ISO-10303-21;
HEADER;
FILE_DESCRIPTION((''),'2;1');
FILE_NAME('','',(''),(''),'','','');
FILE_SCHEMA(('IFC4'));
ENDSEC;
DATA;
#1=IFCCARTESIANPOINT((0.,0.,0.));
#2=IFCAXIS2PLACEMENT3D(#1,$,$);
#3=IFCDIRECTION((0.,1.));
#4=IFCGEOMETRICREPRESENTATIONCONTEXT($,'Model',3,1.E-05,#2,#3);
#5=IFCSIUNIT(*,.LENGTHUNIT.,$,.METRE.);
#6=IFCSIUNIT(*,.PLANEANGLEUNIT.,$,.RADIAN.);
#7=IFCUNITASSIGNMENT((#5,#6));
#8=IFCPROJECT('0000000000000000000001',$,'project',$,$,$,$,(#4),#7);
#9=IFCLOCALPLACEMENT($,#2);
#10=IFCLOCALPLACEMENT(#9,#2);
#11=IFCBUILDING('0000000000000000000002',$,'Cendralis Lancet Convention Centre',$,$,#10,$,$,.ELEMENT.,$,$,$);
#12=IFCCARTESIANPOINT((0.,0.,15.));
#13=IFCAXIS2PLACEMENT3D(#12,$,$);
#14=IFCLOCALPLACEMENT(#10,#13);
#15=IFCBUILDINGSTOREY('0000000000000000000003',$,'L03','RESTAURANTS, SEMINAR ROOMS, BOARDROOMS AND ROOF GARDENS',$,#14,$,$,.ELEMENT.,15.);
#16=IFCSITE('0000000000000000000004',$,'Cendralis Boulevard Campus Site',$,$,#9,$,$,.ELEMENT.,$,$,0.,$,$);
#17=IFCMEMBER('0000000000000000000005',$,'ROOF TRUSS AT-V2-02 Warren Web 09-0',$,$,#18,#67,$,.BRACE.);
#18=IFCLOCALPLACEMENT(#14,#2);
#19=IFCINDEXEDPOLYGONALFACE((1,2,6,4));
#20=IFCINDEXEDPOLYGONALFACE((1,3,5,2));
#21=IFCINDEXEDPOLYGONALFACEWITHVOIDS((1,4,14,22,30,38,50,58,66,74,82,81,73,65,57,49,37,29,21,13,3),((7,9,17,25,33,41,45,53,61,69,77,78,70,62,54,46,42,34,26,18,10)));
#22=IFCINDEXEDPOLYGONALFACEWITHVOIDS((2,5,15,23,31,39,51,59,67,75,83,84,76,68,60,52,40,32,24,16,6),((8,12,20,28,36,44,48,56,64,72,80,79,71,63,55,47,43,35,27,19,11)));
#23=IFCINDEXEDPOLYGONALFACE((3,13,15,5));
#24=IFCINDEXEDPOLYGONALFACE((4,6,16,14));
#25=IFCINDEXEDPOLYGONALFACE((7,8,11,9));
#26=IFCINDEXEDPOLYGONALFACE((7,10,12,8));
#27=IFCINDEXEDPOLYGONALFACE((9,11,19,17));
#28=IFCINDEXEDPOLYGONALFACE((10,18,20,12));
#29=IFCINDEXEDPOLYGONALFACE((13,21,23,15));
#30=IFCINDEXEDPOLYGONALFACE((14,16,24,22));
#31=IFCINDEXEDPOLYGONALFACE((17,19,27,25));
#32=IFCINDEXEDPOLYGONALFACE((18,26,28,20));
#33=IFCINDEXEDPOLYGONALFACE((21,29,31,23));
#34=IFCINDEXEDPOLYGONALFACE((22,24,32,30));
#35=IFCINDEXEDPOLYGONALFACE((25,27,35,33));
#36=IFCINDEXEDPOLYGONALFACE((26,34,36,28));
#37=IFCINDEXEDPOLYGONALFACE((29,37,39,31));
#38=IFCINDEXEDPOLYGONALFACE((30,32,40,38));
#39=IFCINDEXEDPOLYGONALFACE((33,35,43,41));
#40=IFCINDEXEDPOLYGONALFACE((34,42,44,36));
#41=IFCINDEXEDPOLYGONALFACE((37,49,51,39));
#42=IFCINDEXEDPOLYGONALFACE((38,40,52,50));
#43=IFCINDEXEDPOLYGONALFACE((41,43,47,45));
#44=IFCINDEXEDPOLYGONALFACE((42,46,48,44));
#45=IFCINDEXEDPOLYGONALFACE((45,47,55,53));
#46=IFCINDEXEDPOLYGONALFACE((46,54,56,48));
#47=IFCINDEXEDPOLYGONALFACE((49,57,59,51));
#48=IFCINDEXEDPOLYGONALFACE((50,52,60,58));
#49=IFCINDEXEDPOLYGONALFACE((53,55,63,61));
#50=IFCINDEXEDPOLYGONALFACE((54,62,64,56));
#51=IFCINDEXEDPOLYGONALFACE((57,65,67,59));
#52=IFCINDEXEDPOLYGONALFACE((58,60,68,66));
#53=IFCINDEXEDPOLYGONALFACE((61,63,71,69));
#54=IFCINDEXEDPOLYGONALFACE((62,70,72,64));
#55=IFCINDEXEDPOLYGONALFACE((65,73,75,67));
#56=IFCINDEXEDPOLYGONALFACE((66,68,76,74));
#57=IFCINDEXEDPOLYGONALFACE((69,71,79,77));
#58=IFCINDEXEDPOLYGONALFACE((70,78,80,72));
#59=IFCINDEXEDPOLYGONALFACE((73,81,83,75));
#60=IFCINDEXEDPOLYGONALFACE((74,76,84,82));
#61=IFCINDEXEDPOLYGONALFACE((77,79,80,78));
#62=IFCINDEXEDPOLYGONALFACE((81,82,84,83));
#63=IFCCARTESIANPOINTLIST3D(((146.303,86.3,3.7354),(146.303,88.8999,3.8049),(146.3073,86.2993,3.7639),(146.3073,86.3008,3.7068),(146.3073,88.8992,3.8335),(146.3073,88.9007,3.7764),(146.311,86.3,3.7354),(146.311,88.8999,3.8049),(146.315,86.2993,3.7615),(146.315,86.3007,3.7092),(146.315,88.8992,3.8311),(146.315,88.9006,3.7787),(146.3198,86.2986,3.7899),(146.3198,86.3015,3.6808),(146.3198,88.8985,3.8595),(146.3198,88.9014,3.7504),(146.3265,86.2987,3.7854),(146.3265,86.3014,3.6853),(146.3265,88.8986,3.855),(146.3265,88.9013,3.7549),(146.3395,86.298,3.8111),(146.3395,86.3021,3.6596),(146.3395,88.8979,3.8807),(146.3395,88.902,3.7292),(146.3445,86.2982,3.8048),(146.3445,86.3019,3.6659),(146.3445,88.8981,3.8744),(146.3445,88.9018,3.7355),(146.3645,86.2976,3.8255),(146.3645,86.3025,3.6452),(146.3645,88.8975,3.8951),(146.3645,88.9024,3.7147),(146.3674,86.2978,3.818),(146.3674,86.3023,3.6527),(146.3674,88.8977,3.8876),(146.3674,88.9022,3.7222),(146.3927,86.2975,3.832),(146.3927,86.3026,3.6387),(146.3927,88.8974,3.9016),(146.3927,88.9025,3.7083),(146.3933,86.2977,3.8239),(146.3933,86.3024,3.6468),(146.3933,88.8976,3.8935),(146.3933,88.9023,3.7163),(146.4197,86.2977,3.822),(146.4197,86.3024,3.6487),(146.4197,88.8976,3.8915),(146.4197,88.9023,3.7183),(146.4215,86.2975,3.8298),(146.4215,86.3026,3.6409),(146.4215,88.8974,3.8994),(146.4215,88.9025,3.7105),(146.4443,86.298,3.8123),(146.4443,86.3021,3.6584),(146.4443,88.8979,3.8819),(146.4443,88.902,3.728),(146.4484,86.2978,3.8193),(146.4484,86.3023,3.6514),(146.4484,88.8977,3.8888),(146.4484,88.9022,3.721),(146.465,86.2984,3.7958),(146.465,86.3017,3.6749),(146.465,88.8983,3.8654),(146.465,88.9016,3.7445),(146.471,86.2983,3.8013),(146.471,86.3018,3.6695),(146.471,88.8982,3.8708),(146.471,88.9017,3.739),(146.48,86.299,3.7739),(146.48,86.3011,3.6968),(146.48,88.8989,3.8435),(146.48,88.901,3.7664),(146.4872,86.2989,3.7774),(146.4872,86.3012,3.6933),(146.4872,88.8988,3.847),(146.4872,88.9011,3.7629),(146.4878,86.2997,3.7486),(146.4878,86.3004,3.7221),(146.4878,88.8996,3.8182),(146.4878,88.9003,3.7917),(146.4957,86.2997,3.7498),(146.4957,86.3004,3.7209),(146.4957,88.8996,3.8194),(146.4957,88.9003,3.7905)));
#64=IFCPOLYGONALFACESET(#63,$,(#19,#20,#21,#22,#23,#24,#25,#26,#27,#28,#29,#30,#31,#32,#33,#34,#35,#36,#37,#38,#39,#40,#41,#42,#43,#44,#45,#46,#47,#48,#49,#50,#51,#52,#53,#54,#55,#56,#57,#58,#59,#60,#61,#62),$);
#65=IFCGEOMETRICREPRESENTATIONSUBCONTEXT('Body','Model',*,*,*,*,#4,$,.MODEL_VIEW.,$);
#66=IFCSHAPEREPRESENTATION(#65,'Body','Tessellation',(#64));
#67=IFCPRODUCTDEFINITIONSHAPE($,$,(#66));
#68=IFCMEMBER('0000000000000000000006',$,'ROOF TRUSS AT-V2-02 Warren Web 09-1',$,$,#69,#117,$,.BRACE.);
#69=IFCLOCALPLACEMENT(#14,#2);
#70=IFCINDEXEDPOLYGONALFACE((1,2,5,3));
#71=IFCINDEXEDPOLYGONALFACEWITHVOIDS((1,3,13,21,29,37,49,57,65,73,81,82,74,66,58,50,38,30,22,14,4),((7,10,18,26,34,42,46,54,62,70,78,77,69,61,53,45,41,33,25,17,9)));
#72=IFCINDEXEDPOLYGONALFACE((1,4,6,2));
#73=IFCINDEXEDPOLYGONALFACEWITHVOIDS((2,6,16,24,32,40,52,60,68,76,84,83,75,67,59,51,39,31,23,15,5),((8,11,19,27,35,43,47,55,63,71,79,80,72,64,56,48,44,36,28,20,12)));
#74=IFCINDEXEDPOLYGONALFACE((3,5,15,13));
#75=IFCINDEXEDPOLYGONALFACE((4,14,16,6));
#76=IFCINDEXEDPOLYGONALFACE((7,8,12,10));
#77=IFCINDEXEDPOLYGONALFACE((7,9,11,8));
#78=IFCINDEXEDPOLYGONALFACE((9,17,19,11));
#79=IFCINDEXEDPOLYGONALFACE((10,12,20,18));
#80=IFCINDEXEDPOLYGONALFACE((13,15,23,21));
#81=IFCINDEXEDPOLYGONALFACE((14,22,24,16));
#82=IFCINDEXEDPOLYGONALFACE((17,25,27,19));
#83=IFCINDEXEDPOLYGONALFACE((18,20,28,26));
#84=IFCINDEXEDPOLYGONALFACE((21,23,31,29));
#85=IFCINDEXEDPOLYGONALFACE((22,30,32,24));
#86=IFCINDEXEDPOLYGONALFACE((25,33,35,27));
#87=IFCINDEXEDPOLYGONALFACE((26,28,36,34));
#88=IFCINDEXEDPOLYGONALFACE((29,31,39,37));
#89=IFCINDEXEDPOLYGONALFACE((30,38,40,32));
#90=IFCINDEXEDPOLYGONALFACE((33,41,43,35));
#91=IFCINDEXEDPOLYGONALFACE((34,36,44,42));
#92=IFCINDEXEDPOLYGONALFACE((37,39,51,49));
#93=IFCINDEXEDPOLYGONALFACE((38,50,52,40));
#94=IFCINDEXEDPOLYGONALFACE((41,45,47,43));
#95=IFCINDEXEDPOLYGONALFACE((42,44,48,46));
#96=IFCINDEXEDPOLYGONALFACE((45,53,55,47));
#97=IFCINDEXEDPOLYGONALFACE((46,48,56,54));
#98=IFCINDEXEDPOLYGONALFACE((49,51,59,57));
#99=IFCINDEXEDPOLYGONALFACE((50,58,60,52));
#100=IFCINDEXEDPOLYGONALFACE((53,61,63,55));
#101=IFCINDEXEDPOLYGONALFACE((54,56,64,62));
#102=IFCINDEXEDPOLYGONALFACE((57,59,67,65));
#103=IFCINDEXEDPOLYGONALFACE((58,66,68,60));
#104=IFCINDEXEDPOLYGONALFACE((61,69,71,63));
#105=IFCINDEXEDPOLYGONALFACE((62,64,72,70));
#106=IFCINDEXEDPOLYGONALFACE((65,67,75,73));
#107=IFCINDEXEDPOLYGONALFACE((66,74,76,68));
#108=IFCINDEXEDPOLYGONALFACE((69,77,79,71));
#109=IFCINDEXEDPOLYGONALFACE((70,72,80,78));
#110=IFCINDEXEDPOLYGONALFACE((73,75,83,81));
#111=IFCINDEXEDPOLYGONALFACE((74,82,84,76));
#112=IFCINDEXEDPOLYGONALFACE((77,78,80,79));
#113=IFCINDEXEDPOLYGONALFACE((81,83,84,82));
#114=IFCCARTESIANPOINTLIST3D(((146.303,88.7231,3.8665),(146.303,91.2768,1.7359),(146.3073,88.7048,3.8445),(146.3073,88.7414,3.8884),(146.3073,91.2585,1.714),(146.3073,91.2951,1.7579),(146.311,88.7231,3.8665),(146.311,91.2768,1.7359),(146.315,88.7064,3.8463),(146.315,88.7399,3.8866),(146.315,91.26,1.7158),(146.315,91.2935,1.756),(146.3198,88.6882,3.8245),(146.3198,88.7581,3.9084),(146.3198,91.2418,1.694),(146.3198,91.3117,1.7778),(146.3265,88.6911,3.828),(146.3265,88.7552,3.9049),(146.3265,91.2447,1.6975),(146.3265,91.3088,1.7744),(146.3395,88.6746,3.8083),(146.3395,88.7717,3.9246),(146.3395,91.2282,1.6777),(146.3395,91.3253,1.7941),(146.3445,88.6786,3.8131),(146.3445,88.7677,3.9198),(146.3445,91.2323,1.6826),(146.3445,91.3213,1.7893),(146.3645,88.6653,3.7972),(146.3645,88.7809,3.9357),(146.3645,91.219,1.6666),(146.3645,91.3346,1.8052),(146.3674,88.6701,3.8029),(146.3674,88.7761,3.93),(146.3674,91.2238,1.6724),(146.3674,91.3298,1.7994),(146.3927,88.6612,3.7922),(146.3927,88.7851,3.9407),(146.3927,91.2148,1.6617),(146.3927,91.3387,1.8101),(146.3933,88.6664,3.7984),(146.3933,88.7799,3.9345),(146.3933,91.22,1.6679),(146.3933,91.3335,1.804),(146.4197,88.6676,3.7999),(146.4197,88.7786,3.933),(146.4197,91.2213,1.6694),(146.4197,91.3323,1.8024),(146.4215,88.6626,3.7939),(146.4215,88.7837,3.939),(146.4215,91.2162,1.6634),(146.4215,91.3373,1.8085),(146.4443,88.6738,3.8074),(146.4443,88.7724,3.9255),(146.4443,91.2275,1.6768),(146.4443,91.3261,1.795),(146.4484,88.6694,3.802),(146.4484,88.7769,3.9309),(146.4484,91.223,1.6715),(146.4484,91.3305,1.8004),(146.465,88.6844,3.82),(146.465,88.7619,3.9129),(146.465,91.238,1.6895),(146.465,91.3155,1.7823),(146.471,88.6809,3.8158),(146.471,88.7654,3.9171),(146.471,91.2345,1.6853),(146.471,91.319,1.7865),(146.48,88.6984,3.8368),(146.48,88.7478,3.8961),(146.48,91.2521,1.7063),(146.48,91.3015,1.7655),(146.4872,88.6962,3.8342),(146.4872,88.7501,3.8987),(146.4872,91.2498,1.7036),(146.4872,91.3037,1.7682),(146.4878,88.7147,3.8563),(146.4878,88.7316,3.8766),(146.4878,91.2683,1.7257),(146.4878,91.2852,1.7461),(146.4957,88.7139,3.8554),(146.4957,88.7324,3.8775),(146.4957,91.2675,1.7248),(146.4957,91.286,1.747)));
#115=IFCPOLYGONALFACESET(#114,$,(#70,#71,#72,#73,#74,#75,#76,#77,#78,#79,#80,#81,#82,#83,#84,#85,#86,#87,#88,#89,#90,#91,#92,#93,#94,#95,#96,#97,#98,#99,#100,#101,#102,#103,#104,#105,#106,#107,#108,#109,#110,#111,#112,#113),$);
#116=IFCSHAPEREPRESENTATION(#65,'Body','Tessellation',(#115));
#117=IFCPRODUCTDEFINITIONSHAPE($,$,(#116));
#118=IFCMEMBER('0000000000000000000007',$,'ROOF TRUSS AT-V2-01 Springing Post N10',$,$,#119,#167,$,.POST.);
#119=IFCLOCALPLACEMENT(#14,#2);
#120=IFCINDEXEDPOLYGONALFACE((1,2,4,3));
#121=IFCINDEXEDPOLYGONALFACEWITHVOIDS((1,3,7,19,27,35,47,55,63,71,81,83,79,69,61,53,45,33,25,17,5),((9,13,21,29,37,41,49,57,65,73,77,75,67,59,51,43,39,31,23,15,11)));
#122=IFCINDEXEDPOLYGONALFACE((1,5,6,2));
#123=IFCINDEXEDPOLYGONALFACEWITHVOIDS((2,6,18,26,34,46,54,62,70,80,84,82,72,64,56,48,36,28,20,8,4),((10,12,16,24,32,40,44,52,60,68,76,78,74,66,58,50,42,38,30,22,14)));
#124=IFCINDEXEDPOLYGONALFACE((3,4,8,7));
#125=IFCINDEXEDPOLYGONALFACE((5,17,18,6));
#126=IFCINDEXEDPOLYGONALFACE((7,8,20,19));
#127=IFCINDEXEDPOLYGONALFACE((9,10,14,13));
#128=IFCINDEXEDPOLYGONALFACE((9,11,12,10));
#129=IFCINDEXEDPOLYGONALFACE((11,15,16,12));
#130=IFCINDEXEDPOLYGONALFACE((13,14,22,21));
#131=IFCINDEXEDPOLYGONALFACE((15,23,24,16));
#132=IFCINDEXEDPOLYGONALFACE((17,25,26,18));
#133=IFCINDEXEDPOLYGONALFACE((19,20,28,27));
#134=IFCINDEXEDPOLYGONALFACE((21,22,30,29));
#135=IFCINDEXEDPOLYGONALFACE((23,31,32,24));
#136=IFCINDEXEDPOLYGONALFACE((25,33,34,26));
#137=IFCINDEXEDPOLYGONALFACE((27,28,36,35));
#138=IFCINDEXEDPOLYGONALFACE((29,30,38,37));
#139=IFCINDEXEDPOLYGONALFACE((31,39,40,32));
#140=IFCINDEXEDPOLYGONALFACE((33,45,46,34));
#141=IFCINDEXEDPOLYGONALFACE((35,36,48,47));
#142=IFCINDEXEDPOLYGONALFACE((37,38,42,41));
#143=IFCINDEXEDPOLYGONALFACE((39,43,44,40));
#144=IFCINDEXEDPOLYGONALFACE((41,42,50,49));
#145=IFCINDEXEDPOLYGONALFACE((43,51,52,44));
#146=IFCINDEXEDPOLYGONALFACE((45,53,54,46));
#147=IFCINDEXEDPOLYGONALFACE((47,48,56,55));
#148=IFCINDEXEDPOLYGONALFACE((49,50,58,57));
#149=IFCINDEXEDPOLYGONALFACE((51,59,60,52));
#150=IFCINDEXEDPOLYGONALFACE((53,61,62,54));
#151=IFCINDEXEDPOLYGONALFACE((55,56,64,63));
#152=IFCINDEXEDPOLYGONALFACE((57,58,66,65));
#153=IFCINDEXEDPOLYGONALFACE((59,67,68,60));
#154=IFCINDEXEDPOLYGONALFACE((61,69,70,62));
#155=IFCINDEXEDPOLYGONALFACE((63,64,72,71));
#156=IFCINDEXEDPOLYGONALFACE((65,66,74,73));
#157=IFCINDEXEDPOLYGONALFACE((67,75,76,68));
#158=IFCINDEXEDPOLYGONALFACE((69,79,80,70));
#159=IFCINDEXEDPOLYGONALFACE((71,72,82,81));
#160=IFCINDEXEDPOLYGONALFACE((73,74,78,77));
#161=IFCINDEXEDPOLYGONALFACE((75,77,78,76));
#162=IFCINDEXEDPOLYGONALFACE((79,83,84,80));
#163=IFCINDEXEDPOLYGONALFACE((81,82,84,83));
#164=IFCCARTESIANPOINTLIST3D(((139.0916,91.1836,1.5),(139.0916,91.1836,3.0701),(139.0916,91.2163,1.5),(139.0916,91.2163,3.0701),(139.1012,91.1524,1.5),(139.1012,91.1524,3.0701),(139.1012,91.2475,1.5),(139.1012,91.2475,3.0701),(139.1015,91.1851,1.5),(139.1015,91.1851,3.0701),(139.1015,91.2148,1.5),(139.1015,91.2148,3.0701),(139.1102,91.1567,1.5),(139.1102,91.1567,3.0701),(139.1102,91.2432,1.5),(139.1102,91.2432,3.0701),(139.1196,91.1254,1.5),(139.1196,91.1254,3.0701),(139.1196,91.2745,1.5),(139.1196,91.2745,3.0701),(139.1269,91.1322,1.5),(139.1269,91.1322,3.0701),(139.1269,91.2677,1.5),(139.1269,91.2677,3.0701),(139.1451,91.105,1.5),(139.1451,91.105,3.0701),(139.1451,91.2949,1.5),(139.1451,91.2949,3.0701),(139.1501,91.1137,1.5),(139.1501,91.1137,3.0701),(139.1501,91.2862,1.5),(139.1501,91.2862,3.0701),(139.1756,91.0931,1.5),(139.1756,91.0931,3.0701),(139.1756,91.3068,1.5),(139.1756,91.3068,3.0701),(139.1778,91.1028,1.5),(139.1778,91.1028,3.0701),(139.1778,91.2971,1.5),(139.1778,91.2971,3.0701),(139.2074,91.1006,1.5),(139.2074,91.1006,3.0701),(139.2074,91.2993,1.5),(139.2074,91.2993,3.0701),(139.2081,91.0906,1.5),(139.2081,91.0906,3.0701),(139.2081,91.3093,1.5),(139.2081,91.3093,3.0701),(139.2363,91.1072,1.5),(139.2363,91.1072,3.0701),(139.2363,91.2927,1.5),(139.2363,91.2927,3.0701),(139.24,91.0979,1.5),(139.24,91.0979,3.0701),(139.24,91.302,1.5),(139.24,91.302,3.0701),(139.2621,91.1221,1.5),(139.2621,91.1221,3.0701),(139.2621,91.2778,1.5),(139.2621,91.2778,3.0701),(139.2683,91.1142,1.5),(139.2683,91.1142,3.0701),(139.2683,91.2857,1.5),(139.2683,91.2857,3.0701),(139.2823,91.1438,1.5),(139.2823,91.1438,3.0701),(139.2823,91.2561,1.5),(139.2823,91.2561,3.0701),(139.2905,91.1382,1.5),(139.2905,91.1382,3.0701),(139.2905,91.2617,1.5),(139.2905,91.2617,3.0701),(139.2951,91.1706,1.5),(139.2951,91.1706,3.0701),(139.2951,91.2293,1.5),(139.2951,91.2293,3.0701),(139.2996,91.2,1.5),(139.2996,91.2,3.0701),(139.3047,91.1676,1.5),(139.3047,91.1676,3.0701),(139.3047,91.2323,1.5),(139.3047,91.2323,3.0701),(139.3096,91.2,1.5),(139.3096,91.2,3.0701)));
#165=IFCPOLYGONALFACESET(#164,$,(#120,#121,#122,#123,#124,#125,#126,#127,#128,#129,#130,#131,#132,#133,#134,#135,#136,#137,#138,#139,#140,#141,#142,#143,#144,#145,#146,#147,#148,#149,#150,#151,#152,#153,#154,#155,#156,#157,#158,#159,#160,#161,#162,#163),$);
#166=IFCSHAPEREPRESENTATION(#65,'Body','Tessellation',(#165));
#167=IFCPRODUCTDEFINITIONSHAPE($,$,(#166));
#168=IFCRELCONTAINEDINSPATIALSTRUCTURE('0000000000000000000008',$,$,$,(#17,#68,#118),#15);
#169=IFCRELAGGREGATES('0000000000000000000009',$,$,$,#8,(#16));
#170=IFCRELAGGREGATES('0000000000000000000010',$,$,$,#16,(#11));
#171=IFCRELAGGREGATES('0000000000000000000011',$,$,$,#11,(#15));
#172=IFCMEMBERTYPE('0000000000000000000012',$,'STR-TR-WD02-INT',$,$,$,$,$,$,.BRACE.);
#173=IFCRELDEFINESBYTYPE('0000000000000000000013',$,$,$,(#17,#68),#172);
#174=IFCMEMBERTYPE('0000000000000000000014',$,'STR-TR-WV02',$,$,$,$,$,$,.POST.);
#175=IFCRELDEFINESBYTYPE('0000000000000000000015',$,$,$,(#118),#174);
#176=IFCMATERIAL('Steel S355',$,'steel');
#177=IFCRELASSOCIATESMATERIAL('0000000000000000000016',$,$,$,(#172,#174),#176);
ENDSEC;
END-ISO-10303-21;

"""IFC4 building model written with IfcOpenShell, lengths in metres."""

from ifc_helpers import new_model, si_unit, direction, frame, origin, origin_2d, place, context, subcontext, project, spatial, hollow_circle, extrude, material, material_profile, profile_set, type_object, element, save


model = new_model("IFC4")

# Units and contexts
model_context = context("Model", 3, precision=1e-05, world=origin(), true_north=direction((0.0, 1.0)))
body_context = subcontext(model_context, "Body", "Model", "MODEL_VIEW")
ifc_project = project(units=[si_unit("LENGTHUNIT", "METRE"), si_unit("PLANEANGLEUNIT", "RADIAN")], contexts=[model_context])

# Site, building, storey
site_placement = place(None, origin())
site = spatial("IfcSite", under=ifc_project, at=site_placement, Name="Cendralis Boulevard Campus Site", CompositionType="ELEMENT", RefElevation=0.0)
building_placement = place(site_placement, origin())
building = spatial("IfcBuilding", under=site, at=building_placement, Name="Cendralis Lancet Convention Centre", CompositionType="ELEMENT")
storey_placement = place(building_placement, frame((0.0, 0.0, 15.0)))
storey = spatial("IfcBuildingStorey", under=building, at=storey_placement, Name="L03", Description="RESTAURANTS, SEMINAR ROOMS, BOARDROOMS AND ROOF GARDENS", CompositionType="ELEMENT", Elevation=15.0)

# Shared definitions
ifc_material_1 = material(Name="Steel S355", Category="steel")

# Members
ifc_material_profile_1 = material_profile(ifc_material_1, hollow_circle(Radius=0.0969, WallThickness=0.0081, at=origin_2d()), Name="CHS 193.7x8.0")
ifc_profile_set_1 = profile_set([ifc_material_profile_1], Name="Steel S355")
member_type_1 = type_object("IfcMemberType", Name="STR-TR-WD02-INT", PredefinedType="BRACE", material=ifc_profile_set_1)
member_1_placement = place(storey_placement, frame((146.3999, 86.3, 3.7354), z_axis=(0.0, 0.999642, 0.026753), x_axis=(-1.0, 0.0, 0.0)))
element("IfcMember", 1, at=member_1_placement, inside=storey, type_object=member_type_1, Name="ROOF TRUSS AT-V2-02 Warren Web 09-0", PredefinedType="BRACE", context=body_context, shape_type="SweptSolid", body=[
    extrude(hollow_circle(Radius=0.0969, WallThickness=0.0081, at=origin_2d()), origin(), (0.0, 0.0, 1.0), 2.6008),
])
member_2_placement = place(storey_placement, frame((146.3999, 88.7231, 3.8665), z_axis=(0.0, 0.767848, -0.640632), x_axis=(-1.0, 0.0, 0.0)))
element("IfcMember", 2, at=member_2_placement, inside=storey, type_object=member_type_1, Name="ROOF TRUSS AT-V2-02 Warren Web 09-1", PredefinedType="BRACE", context=body_context, shape_type="SweptSolid", body=[
    extrude(hollow_circle(Radius=0.0969, WallThickness=0.0081, at=origin_2d()), origin(), (0.0, 0.0, 1.0), 3.3257),
])
ifc_material_profile_2 = material_profile(ifc_material_1, hollow_circle(Radius=0.1096, WallThickness=0.01, at=origin_2d()), Name="CHS 219.1x10.0")
ifc_profile_set_2 = profile_set([ifc_material_profile_2], Name="Steel S355")
member_type_2 = type_object("IfcMemberType", Name="STR-TR-WV02", PredefinedType="POST", material=ifc_profile_set_2)
member_3_placement = place(storey_placement, frame((139.2, 91.2, 1.5), z_axis=(0.0, 0.0, 1.0), x_axis=(1.0, 0.0, 0.0)))
element("IfcMember", 3, at=member_3_placement, inside=storey, type_object=member_type_2, Name="ROOF TRUSS AT-V2-01 Springing Post N10", PredefinedType="POST", context=body_context, shape_type="SweptSolid", body=[
    extrude(hollow_circle(Radius=0.1096, WallThickness=0.01, at=origin_2d()), origin(), (0.0, 0.0, 1.0), 1.5701),
])

save(model, "model.ifc")
